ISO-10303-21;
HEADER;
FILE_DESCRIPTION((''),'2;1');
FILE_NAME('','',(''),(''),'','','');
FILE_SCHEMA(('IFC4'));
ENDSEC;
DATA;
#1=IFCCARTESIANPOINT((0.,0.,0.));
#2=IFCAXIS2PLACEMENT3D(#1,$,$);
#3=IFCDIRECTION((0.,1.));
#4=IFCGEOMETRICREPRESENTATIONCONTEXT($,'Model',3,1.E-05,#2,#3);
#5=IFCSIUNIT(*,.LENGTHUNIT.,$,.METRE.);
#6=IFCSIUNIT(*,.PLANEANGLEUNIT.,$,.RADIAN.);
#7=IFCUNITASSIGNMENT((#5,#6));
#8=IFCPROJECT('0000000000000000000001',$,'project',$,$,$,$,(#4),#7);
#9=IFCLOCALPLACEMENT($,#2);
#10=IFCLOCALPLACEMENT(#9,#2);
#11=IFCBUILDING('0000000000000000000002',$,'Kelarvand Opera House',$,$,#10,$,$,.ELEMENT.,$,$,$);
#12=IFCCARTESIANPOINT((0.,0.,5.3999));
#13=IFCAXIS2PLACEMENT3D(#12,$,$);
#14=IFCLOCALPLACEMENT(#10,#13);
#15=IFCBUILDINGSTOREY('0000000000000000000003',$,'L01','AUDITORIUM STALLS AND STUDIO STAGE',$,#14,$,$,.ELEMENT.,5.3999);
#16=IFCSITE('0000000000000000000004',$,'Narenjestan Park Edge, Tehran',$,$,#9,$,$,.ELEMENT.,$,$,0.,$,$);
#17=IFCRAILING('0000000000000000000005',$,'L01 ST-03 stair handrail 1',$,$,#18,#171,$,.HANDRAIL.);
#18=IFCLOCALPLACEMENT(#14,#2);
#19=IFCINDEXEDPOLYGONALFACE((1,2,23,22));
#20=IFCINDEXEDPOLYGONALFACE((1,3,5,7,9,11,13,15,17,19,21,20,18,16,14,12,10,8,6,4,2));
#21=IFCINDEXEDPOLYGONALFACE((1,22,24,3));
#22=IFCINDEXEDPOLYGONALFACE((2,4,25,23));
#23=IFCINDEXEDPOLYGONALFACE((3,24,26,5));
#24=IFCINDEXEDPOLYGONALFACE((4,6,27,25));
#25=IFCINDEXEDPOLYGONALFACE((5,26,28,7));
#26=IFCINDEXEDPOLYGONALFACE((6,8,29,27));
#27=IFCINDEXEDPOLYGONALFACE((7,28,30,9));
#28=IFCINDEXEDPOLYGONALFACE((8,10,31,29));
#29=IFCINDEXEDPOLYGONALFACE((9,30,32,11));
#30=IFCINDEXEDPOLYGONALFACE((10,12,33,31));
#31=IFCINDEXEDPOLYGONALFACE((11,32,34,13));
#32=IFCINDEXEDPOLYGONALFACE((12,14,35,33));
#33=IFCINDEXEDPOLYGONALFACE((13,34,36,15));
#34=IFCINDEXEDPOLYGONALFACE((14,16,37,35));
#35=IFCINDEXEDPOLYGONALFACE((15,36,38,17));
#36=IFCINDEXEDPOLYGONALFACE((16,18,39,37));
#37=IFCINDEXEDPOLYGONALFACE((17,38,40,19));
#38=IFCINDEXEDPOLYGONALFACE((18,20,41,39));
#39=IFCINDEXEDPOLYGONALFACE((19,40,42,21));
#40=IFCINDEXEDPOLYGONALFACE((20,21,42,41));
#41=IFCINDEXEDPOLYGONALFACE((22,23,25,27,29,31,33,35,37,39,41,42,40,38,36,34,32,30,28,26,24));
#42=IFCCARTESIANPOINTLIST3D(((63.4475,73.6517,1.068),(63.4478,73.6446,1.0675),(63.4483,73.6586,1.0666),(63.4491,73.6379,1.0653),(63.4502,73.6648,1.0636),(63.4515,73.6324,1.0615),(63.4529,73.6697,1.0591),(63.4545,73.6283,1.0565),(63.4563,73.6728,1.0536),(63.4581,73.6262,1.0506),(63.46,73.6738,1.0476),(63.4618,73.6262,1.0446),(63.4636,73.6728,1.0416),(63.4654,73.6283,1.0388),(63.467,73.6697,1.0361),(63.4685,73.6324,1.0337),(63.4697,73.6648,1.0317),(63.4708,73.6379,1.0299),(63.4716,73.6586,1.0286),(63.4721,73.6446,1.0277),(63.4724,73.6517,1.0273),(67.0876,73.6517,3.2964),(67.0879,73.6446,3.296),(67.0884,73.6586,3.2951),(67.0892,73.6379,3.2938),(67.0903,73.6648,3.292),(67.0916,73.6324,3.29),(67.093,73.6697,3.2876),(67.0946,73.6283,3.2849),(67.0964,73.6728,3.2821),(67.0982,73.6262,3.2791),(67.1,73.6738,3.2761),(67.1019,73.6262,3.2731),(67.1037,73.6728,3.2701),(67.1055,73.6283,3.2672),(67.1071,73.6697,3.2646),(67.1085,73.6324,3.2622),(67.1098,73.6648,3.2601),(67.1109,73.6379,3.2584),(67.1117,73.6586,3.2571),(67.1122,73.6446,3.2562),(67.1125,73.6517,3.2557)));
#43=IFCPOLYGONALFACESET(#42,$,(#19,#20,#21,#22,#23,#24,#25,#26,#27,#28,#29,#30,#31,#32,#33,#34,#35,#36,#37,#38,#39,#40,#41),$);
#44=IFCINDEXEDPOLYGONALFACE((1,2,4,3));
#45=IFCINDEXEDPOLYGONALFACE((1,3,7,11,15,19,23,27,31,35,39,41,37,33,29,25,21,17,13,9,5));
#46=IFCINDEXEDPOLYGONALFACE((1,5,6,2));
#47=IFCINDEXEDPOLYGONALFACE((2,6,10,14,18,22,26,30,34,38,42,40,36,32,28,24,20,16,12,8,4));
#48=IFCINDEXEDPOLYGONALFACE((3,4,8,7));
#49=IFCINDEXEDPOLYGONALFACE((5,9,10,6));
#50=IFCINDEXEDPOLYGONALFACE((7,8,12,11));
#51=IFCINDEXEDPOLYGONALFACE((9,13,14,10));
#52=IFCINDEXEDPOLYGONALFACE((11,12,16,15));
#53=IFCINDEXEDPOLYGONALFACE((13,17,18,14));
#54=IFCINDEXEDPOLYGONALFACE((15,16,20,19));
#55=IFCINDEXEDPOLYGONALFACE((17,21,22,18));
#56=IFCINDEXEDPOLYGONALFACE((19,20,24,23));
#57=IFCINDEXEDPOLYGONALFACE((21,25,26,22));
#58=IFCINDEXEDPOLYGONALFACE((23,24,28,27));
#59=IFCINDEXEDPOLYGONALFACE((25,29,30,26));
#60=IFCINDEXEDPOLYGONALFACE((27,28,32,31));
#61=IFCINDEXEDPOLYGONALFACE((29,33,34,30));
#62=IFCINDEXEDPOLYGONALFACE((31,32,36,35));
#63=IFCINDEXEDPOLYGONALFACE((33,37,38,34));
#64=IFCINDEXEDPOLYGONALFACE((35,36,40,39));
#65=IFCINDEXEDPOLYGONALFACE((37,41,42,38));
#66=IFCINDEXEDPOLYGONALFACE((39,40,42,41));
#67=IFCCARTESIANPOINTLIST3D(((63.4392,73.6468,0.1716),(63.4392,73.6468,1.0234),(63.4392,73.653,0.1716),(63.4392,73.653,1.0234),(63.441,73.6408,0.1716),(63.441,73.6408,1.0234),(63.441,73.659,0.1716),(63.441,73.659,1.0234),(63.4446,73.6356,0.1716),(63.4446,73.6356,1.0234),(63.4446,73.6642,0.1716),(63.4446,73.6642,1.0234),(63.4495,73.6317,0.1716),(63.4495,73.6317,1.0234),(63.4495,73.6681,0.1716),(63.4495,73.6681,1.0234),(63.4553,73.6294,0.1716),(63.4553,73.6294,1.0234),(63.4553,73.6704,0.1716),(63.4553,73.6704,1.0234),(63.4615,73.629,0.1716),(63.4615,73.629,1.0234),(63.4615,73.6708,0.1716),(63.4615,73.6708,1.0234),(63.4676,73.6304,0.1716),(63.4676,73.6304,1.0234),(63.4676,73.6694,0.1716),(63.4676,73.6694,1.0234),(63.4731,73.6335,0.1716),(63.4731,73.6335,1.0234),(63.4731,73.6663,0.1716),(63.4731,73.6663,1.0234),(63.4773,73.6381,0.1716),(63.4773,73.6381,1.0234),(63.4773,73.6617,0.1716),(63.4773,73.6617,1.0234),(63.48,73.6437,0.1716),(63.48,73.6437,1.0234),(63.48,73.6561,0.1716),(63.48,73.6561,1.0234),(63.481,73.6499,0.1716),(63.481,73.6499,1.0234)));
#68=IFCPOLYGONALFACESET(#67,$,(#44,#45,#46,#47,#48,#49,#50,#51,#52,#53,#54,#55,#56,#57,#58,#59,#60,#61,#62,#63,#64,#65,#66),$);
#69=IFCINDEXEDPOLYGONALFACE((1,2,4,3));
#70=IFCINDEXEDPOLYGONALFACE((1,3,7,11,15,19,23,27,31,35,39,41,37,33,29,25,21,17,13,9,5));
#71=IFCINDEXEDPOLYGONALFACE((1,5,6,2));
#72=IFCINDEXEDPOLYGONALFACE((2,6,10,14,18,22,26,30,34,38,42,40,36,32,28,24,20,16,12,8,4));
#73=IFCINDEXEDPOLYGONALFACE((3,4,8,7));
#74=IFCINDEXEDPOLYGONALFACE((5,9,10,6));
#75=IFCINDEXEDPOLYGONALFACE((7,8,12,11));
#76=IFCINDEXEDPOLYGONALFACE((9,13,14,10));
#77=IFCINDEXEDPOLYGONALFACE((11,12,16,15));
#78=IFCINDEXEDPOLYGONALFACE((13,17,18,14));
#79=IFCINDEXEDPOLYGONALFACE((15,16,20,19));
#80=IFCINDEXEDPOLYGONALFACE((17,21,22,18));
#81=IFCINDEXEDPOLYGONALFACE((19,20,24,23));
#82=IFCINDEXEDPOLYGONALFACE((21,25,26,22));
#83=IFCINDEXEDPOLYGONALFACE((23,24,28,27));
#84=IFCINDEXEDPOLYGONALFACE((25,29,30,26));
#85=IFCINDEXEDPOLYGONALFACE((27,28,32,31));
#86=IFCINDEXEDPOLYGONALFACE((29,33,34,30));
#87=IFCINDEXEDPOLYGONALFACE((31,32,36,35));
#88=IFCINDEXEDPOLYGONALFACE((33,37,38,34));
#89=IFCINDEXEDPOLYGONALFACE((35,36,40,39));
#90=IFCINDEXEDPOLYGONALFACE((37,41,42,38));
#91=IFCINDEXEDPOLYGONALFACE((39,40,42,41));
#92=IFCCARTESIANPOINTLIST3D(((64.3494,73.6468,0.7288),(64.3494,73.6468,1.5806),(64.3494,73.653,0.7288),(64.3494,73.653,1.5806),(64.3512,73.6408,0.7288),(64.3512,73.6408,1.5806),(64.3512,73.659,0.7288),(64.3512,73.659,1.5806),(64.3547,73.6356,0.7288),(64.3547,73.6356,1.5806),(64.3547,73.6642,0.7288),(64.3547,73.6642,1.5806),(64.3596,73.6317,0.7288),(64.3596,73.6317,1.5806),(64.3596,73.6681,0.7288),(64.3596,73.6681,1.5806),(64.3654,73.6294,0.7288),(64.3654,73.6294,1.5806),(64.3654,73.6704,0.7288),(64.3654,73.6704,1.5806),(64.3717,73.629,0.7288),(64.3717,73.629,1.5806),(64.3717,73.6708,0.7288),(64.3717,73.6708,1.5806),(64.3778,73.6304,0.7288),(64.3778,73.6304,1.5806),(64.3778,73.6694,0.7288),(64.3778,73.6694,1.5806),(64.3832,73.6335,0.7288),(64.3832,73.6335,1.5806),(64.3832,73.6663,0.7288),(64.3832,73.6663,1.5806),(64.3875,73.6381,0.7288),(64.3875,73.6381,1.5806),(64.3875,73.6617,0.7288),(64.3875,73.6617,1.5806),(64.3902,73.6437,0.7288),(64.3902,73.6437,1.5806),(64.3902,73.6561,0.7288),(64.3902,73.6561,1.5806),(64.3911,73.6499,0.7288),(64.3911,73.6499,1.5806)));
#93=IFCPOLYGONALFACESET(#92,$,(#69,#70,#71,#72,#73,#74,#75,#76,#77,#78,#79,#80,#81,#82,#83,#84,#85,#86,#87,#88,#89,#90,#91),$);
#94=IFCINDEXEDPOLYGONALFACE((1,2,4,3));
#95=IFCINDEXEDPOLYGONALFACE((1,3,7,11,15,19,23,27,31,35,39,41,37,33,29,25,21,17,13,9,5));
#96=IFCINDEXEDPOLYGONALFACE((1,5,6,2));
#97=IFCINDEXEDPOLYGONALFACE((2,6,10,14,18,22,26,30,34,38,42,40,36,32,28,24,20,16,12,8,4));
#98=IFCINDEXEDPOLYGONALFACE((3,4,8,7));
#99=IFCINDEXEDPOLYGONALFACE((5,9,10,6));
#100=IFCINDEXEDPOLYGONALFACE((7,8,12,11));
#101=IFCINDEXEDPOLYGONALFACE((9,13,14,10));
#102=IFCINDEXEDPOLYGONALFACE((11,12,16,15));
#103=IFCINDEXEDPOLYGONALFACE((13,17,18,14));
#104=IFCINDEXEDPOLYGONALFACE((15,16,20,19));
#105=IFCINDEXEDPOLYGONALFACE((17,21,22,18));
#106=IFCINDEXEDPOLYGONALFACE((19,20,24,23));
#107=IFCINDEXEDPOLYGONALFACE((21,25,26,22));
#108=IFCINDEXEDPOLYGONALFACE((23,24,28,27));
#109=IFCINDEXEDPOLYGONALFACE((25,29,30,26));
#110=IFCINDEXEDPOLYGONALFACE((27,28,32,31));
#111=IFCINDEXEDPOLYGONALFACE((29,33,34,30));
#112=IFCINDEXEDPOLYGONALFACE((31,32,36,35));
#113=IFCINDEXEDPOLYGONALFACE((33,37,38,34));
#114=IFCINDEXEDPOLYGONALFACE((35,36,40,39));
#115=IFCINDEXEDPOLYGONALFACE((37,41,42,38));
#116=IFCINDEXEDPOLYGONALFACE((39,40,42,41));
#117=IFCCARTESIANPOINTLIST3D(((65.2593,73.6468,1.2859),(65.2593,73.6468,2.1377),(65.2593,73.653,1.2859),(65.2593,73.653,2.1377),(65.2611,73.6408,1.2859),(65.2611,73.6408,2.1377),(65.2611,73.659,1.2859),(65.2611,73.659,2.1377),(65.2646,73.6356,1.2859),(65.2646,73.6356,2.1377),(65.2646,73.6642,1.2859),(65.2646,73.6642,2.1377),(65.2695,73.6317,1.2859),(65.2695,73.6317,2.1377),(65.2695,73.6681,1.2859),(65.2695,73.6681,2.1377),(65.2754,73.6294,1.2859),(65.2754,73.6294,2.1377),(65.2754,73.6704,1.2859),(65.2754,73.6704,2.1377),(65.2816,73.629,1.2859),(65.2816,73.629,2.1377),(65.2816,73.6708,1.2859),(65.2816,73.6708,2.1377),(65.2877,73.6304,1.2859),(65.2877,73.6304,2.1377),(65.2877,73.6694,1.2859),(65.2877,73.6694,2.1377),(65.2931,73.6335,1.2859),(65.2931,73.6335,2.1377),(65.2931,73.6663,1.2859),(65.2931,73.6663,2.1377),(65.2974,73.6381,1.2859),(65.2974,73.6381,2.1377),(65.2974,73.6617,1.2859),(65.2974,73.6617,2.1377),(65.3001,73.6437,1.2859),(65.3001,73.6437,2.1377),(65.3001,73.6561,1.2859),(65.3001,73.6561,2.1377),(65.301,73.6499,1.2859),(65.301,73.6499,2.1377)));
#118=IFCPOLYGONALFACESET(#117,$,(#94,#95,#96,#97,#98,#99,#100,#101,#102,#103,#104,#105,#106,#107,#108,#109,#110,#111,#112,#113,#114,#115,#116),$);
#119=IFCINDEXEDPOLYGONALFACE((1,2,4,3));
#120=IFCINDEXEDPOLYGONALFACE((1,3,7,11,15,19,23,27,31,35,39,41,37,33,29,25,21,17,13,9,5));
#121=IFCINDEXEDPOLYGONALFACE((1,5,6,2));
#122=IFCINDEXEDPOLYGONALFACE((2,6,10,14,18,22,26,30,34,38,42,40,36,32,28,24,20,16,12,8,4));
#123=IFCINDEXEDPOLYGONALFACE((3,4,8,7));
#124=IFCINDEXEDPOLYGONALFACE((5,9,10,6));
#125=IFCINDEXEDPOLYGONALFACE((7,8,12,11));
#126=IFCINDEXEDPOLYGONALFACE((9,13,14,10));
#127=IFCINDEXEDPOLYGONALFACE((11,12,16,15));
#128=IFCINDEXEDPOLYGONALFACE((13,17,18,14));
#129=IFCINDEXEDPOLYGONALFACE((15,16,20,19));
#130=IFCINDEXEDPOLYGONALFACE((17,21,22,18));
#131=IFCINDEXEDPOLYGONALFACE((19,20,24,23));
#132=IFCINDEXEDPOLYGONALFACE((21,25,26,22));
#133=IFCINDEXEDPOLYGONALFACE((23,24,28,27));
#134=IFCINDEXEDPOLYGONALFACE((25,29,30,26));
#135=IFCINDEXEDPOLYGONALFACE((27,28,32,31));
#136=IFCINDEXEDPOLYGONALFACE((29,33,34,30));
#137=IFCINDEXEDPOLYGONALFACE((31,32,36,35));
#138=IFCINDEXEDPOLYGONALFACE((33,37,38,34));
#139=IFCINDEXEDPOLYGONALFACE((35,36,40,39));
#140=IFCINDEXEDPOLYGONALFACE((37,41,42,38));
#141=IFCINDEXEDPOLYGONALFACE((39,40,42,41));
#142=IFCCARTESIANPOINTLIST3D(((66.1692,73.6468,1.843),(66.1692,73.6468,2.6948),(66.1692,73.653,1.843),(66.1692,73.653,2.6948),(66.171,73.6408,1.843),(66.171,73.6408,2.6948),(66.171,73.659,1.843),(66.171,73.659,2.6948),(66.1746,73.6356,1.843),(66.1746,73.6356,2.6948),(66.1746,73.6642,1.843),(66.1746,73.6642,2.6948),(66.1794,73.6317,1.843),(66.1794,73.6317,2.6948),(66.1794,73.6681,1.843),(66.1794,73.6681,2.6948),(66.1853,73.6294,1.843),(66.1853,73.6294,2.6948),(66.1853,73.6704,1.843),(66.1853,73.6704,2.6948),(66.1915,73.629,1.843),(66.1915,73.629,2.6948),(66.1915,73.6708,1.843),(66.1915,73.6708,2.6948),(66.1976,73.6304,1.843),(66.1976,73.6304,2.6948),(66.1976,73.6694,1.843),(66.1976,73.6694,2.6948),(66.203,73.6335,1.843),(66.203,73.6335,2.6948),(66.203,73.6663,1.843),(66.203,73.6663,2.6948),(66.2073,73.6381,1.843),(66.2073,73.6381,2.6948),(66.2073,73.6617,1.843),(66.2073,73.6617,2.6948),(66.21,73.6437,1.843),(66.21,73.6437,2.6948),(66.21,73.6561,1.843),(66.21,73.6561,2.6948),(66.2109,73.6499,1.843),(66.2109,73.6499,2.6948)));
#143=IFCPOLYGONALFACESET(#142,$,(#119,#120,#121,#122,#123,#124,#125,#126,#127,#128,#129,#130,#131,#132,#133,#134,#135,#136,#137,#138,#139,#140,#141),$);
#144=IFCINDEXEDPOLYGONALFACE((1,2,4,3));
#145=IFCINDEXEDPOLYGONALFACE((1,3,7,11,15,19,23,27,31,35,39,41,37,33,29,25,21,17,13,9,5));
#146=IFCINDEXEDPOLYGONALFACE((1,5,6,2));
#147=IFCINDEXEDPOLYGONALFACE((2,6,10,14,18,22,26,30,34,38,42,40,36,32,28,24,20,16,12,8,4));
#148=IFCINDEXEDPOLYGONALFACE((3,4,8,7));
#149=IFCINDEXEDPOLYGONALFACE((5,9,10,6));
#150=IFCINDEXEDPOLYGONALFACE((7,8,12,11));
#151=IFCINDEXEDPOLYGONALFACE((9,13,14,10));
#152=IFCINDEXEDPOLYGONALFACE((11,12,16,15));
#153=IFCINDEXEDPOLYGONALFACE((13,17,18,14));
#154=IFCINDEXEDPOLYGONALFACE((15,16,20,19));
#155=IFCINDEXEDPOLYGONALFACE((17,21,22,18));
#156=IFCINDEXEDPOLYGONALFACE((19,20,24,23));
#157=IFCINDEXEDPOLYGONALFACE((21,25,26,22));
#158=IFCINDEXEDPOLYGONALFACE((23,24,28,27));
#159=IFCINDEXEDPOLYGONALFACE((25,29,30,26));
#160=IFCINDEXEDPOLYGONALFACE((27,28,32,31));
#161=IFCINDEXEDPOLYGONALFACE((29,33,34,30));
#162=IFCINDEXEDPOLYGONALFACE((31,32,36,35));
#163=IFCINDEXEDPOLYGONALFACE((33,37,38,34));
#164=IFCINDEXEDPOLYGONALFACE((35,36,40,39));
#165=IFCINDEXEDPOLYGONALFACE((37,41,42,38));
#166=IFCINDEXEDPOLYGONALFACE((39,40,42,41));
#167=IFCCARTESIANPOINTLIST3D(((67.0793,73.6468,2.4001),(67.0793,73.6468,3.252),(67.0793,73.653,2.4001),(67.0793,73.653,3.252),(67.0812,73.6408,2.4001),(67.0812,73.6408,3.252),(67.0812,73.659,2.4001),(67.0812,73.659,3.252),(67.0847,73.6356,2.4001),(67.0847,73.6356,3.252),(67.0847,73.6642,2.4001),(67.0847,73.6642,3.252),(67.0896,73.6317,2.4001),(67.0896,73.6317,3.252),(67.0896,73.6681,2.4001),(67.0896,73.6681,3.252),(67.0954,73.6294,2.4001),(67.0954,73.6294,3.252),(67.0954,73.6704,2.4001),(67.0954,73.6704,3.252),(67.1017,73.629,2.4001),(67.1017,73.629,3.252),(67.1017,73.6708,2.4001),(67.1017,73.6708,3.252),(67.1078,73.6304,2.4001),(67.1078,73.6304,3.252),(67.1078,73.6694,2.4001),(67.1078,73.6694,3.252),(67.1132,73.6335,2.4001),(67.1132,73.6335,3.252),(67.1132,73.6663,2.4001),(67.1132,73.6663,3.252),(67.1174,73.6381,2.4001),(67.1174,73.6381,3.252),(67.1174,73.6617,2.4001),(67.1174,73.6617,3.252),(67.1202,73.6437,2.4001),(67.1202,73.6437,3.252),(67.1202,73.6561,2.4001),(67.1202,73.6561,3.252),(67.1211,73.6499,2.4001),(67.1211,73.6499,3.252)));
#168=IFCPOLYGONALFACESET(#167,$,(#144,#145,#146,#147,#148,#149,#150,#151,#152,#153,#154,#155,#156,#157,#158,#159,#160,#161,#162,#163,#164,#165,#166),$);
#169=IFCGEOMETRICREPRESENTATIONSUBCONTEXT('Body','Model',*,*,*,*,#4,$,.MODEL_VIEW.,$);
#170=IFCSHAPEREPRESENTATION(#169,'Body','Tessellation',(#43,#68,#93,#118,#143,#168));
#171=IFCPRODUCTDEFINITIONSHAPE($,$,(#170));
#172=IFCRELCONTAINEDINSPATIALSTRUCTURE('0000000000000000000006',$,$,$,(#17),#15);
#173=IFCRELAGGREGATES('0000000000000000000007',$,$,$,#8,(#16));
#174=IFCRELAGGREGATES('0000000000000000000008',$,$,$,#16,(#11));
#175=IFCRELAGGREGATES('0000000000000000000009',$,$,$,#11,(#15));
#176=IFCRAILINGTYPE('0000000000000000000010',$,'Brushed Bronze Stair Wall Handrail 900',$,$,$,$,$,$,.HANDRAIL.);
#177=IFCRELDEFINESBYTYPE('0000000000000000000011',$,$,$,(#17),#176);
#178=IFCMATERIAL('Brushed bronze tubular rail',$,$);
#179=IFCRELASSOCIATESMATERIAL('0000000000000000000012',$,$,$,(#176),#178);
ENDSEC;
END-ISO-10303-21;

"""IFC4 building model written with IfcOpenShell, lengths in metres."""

from ifc_helpers import new_model, si_unit, direction, frame, origin, origin_2d, place, context, subcontext, project, spatial, circle, extrude, material, type_object, element, save


model = new_model("IFC4")

# Units and contexts
model_context = context("Model", 3, precision=1e-05, world=origin(), true_north=direction((0.0, 1.0)))
body_context = subcontext(model_context, "Body", "Model", "MODEL_VIEW")
ifc_project = project(units=[si_unit("LENGTHUNIT", "METRE"), si_unit("PLANEANGLEUNIT", "RADIAN")], contexts=[model_context])

# Site, building, storey
site_placement = place(None, origin())
site = spatial("IfcSite", under=ifc_project, at=site_placement, Name="Narenjestan Park Edge, Tehran", CompositionType="ELEMENT", RefElevation=0.0)
building_placement = place(site_placement, origin())
building = spatial("IfcBuilding", under=site, at=building_placement, Name="Kelarvand Opera House", CompositionType="ELEMENT")
storey_placement = place(building_placement, frame((0.0, 0.0, 5.3999)))
storey = spatial("IfcBuildingStorey", under=building, at=storey_placement, Name="L01", Description="AUDITORIUM STALLS AND STUDIO STAGE", CompositionType="ELEMENT", Elevation=5.3999)

# Railing
ifc_material_1 = material(Name="Brushed bronze tubular rail")
railing_type_1 = type_object("IfcRailingType", Name="Brushed Bronze Stair Wall Handrail 900", PredefinedType="HANDRAIL", material=ifc_material_1)
railing_1_placement = place(storey_placement, frame((63.46, 73.6499, 0.1716)))
element("IfcRailing", 1, at=railing_1_placement, inside=storey, type_object=railing_type_1, Name="L01 ST-03 stair handrail 1", PredefinedType="HANDRAIL", context=body_context, shape_type="SweptSolid", body=[
    extrude(circle(Radius=0.0239, at=origin_2d()), frame((0.0, 0.0, 0.876), z_axis=(0.852866, 0.0, 0.52213), x_axis=(0.0, 1.0, 0.0)), (0.0, 0.0, 1.0), 4.2681),
    extrude(circle(Radius=0.021, at=origin_2d()), origin(), (0.0, 0.0, 1.0), 0.8518),
    extrude(circle(Radius=0.021, at=origin_2d()), frame((0.9102, 0.0, 0.5571)), (0.0, 0.0, 1.0), 0.8518),
    extrude(circle(Radius=0.021, at=origin_2d()), frame((1.8201, 0.0, 1.1143)), (0.0, 0.0, 1.0), 0.8518),
    extrude(circle(Radius=0.021, at=origin_2d()), frame((2.73, 0.0, 1.6714)), (0.0, 0.0, 1.0), 0.8518),
    extrude(circle(Radius=0.021, at=origin_2d()), frame((3.6401, 0.0, 2.2285)), (0.0, 0.0, 1.0), 0.8518),
])

save(model, "model.ifc")
